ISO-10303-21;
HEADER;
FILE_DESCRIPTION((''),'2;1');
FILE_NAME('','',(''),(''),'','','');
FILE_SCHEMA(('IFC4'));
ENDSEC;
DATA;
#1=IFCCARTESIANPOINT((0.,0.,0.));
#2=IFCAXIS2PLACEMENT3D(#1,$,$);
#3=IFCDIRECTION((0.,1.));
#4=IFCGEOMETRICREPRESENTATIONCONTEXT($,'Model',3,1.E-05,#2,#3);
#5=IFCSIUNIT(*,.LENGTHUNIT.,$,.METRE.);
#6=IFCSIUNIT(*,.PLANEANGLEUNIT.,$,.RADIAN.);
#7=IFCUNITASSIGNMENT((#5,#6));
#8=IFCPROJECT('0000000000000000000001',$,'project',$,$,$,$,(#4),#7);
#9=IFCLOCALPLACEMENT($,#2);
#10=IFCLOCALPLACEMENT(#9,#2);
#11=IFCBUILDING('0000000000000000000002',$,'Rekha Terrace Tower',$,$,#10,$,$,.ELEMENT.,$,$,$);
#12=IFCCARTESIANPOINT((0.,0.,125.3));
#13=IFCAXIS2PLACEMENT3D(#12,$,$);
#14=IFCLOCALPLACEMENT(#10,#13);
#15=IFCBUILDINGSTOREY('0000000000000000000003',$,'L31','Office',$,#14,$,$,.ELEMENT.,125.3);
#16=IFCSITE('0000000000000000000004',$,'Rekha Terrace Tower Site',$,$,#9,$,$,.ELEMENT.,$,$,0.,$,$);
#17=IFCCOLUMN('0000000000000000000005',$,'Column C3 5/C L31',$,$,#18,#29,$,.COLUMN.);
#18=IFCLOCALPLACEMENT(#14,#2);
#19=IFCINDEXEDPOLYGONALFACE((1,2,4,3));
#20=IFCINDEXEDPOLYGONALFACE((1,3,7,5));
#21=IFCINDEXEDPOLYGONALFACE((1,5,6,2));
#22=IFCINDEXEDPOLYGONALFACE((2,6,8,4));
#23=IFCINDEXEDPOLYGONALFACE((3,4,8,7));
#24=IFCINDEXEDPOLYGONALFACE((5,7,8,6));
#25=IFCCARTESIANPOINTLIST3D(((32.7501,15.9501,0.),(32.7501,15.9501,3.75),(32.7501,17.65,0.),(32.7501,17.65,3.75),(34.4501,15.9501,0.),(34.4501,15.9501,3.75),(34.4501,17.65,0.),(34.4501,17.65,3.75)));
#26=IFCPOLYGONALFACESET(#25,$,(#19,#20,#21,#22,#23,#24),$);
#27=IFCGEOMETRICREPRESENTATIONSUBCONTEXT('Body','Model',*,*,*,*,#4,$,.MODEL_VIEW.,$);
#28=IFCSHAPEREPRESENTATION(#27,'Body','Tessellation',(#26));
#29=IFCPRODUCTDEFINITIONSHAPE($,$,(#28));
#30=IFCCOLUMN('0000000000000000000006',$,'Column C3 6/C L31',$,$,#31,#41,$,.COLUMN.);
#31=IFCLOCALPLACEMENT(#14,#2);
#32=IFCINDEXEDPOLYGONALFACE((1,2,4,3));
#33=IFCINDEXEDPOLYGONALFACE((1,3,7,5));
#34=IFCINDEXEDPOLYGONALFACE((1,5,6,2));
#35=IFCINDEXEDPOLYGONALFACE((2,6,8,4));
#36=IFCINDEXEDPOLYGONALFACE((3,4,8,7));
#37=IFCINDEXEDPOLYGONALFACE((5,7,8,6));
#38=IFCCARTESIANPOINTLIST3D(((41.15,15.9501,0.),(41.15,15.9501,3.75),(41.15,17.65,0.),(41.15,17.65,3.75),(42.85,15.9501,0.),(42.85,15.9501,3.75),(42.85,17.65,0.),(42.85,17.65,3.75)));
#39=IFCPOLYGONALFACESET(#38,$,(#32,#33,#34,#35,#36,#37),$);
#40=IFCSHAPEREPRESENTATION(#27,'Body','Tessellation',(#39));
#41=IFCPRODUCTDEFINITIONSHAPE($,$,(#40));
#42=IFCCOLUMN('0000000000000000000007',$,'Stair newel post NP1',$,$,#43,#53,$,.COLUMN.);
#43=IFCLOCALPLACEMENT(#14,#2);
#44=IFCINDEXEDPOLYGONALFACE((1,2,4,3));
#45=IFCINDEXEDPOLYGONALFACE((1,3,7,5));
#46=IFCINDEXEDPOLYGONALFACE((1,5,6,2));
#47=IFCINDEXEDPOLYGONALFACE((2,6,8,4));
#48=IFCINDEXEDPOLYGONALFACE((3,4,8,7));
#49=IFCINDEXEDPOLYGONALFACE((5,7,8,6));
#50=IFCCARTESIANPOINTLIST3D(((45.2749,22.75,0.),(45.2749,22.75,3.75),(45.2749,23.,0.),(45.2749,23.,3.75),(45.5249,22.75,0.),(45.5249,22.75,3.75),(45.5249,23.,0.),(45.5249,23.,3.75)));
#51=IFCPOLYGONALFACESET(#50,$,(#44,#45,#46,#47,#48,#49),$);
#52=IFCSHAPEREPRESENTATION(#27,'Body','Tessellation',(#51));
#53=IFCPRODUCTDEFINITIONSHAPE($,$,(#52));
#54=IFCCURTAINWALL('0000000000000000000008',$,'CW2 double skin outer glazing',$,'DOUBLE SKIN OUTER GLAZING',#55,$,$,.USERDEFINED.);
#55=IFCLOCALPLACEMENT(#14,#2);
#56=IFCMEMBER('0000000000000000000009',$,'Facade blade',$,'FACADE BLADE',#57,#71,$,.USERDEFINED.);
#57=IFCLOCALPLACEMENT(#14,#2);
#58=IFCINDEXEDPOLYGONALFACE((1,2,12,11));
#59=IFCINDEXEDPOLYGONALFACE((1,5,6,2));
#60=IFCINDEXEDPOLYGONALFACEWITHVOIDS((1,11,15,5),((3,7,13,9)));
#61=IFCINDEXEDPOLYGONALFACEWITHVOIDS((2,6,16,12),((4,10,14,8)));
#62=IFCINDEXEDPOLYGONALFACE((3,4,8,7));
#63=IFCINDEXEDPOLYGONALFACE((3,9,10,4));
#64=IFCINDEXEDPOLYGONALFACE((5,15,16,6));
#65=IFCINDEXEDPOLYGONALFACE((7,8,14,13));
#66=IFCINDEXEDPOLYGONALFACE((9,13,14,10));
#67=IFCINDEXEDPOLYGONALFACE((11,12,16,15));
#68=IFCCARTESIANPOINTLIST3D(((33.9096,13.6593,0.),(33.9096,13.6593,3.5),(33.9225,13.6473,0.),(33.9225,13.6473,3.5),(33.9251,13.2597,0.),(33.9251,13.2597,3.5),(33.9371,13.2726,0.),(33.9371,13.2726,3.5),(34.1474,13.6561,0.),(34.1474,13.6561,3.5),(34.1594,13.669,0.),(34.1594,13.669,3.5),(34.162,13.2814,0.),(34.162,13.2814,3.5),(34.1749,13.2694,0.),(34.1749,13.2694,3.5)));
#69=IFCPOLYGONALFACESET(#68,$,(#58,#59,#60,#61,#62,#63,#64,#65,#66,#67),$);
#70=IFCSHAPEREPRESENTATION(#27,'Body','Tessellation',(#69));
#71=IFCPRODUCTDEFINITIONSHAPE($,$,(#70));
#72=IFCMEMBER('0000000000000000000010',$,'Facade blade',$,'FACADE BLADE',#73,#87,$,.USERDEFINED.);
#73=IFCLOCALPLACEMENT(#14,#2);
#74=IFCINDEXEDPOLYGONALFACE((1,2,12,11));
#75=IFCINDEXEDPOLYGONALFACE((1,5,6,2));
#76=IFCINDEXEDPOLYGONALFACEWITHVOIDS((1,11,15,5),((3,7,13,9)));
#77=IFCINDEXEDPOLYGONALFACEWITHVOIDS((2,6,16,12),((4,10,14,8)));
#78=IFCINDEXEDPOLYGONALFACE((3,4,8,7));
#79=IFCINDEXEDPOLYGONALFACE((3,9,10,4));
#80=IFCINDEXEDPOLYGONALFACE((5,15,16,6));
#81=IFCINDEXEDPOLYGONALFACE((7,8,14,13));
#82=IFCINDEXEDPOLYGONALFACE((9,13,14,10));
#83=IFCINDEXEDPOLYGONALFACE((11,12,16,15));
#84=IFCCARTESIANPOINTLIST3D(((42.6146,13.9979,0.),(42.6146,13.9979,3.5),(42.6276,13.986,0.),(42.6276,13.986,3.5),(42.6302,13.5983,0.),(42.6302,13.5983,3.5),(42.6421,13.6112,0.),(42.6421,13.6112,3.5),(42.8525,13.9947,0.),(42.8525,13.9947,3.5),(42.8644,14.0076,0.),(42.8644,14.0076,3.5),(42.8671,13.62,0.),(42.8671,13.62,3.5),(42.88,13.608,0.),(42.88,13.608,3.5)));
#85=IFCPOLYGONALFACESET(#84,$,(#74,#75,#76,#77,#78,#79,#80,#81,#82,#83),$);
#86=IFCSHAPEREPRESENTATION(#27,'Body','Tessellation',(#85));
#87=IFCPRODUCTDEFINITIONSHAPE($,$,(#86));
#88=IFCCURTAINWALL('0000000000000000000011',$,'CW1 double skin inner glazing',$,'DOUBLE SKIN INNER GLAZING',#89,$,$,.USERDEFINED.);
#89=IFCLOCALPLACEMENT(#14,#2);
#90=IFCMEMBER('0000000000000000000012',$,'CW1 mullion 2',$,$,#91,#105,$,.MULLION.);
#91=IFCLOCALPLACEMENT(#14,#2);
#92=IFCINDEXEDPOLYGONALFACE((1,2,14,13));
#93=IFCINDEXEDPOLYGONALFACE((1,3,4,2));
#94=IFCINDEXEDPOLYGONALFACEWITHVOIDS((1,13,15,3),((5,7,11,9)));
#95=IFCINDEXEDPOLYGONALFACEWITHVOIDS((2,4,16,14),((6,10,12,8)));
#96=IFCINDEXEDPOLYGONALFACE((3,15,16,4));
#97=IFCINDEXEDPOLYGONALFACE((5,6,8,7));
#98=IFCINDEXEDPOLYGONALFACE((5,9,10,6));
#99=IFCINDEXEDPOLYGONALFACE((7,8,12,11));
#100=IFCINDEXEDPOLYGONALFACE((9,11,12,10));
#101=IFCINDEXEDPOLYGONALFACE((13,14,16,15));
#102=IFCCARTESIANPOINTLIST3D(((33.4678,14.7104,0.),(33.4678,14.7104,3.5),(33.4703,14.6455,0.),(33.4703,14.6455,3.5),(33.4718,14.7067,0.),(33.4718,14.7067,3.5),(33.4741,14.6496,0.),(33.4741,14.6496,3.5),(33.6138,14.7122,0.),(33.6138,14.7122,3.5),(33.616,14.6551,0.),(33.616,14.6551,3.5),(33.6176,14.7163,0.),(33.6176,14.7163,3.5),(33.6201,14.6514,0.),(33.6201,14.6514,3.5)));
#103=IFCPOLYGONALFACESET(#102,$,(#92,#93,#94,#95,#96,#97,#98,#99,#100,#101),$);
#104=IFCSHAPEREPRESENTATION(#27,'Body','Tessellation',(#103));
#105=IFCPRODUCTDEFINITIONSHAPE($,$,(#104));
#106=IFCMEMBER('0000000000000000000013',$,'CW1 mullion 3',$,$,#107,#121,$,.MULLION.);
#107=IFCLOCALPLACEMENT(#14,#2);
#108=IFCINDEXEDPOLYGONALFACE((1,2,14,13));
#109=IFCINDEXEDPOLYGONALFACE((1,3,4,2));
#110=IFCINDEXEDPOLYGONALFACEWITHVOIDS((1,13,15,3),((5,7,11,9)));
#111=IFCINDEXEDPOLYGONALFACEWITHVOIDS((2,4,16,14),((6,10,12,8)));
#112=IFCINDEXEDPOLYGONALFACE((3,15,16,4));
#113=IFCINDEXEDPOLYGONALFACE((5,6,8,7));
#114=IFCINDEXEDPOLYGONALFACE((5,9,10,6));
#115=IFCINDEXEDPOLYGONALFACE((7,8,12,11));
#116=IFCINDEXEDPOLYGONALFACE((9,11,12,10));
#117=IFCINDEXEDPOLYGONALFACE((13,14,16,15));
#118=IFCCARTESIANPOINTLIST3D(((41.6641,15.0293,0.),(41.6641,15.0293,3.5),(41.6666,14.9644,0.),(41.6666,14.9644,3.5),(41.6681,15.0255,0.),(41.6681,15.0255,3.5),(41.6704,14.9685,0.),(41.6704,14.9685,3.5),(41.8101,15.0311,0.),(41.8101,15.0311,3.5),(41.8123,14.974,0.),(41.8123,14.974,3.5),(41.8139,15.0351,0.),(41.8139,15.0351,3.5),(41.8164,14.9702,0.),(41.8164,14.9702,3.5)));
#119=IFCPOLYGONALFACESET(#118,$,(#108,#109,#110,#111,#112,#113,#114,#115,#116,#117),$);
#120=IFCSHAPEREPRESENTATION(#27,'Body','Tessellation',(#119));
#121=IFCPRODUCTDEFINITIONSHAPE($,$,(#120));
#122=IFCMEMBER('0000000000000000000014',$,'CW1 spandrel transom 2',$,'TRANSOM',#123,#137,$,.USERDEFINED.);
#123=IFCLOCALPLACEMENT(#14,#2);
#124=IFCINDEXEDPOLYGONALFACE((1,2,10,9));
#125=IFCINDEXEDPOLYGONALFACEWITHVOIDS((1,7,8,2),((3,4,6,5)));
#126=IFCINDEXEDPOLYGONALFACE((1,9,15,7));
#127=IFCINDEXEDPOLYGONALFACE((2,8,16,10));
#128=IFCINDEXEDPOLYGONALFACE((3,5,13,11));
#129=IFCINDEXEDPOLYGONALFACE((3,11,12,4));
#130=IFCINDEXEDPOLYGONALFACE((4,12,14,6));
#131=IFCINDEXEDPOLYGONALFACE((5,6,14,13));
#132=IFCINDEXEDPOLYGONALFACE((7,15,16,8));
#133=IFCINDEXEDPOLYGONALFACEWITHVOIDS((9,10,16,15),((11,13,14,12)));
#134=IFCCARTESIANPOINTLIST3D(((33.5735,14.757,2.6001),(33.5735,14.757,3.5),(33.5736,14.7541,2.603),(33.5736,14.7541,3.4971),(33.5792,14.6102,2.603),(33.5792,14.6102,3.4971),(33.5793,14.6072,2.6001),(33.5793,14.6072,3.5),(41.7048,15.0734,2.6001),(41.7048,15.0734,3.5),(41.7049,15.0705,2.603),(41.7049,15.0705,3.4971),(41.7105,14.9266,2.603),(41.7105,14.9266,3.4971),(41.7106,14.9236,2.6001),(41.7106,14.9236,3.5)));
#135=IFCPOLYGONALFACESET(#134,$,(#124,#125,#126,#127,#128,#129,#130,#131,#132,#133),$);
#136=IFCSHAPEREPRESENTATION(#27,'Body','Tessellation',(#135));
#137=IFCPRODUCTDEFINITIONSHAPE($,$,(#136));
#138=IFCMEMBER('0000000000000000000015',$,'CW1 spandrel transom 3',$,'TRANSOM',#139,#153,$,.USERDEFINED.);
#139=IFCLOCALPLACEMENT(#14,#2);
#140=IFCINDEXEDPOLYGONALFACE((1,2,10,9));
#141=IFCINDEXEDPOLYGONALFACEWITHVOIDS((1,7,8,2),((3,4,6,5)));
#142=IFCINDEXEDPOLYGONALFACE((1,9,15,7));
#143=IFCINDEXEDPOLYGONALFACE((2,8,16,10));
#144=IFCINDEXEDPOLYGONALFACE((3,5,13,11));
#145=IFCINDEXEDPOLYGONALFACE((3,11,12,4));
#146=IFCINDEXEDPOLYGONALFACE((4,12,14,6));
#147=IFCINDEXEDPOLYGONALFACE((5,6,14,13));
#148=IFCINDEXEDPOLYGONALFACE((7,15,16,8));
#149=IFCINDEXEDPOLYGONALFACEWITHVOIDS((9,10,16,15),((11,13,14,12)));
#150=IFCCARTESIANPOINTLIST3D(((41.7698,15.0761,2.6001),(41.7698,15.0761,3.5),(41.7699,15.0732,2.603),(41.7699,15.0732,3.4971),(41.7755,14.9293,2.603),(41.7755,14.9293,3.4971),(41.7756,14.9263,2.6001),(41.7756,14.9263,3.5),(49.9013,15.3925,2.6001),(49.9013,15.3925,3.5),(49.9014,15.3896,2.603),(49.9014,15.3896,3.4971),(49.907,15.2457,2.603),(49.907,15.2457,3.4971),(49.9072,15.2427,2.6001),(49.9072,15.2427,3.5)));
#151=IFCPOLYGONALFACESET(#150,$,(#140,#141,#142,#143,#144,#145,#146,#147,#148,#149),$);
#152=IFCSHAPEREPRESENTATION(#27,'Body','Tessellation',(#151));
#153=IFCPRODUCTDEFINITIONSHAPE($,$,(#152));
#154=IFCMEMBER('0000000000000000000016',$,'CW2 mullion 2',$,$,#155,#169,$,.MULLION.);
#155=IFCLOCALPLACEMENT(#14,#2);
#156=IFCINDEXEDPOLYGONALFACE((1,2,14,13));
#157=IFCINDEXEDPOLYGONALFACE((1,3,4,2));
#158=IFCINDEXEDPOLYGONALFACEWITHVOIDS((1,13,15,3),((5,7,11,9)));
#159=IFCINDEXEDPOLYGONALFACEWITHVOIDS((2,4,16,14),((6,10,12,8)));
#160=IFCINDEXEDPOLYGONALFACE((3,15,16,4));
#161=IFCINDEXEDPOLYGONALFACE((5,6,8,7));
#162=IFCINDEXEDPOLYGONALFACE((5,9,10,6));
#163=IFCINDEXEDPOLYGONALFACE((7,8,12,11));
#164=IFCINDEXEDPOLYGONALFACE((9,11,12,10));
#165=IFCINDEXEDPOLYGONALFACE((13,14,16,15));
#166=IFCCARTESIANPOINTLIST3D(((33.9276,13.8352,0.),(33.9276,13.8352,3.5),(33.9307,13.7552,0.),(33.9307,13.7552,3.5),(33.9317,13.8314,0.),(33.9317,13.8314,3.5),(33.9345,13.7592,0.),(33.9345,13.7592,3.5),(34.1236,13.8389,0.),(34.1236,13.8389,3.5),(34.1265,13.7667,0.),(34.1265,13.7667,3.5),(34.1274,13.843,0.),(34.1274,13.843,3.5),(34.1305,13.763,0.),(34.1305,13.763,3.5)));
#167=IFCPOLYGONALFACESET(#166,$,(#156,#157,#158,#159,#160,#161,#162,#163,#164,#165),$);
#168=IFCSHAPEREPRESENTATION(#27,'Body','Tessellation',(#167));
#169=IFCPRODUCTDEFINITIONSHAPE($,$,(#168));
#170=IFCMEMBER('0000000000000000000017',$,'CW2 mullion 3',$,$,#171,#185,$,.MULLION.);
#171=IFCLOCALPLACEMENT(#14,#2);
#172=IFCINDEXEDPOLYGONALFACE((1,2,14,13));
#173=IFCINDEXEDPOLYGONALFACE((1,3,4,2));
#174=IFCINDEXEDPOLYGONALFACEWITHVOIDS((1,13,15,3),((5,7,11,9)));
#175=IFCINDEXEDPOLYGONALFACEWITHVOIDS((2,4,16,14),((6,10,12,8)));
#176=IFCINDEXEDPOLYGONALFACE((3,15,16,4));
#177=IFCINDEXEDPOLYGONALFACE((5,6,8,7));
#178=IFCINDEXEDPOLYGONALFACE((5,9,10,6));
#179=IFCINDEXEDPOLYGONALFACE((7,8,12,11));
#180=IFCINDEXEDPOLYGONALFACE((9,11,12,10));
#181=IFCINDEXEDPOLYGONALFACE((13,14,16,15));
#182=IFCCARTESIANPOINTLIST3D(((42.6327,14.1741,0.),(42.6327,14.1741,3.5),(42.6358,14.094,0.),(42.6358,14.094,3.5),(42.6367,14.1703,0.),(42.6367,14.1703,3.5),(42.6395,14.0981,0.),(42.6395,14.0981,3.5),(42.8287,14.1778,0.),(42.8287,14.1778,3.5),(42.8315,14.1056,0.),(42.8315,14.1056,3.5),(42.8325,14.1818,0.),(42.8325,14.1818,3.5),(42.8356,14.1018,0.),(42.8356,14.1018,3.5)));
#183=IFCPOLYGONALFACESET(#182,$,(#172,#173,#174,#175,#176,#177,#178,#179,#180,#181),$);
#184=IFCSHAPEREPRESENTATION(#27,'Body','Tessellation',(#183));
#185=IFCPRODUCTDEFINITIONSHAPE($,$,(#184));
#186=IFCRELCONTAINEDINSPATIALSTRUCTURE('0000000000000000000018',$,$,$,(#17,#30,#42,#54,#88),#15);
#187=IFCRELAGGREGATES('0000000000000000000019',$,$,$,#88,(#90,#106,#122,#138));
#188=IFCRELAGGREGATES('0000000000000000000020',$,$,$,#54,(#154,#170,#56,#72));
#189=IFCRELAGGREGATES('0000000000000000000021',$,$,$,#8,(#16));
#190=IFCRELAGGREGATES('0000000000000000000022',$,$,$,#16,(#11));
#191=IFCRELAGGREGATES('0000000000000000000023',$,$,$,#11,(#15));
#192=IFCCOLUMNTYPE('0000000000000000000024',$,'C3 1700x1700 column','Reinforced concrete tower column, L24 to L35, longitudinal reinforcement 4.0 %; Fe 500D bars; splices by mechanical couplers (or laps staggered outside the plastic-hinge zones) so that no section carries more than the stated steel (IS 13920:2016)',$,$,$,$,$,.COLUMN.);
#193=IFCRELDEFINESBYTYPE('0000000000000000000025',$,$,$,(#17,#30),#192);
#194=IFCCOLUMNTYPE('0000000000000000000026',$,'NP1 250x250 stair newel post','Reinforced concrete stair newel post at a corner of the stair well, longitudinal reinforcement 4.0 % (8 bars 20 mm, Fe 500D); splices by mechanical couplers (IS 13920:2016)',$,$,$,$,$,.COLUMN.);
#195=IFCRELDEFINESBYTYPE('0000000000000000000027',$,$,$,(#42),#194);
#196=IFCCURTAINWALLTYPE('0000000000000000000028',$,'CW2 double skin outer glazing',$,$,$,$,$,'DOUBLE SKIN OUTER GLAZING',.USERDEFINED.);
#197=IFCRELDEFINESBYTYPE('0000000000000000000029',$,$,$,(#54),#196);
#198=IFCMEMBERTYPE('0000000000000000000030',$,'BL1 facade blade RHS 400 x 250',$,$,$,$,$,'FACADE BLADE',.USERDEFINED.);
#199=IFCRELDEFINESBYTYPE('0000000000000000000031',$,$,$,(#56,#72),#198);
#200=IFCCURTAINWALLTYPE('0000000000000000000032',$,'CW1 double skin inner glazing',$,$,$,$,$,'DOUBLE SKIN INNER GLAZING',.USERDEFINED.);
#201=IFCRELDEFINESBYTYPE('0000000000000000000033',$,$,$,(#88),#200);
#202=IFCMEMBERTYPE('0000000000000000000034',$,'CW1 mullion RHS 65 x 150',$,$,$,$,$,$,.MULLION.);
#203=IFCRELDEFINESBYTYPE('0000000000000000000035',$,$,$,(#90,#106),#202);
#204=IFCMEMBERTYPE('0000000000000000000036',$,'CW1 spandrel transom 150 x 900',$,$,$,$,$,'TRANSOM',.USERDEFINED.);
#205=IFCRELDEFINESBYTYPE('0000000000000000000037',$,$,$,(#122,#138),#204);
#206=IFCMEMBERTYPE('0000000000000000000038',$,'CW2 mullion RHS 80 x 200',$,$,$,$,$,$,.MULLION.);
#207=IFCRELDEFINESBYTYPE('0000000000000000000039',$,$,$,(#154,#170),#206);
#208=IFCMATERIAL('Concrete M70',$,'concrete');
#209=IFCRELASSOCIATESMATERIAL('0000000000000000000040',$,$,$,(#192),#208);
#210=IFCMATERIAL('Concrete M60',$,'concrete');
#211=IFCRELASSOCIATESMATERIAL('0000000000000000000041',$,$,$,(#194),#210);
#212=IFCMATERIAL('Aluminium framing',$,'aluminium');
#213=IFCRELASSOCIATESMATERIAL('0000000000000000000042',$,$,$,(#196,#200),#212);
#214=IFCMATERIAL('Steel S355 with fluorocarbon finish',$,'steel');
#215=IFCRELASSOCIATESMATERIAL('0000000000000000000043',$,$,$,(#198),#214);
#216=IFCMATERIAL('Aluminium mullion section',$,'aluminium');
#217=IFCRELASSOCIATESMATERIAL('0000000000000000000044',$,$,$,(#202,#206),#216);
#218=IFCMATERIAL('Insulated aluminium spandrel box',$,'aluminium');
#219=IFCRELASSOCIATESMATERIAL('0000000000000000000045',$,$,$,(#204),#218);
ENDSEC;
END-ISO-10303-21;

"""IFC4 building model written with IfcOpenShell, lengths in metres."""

from ifc_helpers import new_model, si_unit, direction, frame, origin, origin_2d, place, context, subcontext, project, spatial, rectangle, hollow_rectangle, extrude, material, material_profile, profile_set, type_object, element, aggregate, save


model = new_model("IFC4")

# Units and contexts
model_context = context("Model", 3, precision=1e-05, world=origin(), true_north=direction((0.0, 1.0)))
body_context = subcontext(model_context, "Body", "Model", "MODEL_VIEW")
ifc_project = project(units=[si_unit("LENGTHUNIT", "METRE"), si_unit("PLANEANGLEUNIT", "RADIAN")], contexts=[model_context])

# Site, building, storey
site_placement = place(None, origin())
site = spatial("IfcSite", under=ifc_project, at=site_placement, Name="Rekha Terrace Tower Site", CompositionType="ELEMENT", RefElevation=0.0)
building_placement = place(site_placement, origin())
building = spatial("IfcBuilding", under=site, at=building_placement, Name="Rekha Terrace Tower", CompositionType="ELEMENT")
storey_placement = place(building_placement, frame((0.0, 0.0, 125.3)))
storey = spatial("IfcBuildingStorey", under=building, at=storey_placement, Name="L31", Description="Office", CompositionType="ELEMENT", Elevation=125.3)

# Columns
ifc_material_1 = material(Name="Concrete M70", Category="concrete")
ifc_material_profile_1 = material_profile(ifc_material_1, rectangle(XDim=1.7, YDim=1.7, at=origin_2d()), Name="RC 1700x1700")
ifc_profile_set_1 = profile_set([ifc_material_profile_1], Name="Concrete M70")
column_type_1 = type_object("IfcColumnType", Name="C3 1700x1700 column", Description="Reinforced concrete tower column, L24 to L35, longitudinal reinforcement 4.0 %; Fe 500D bars; splices by mechanical couplers (or laps staggered outside the plastic-hinge zones) so that no section carries more than the stated steel (IS 13920:2016)", PredefinedType="COLUMN", material=ifc_profile_set_1)
for number, where, z_axis, x_axis, name in (
    (1, (33.6001, 16.8, 0.0), (0.0, 0.0, 1.0), (1.0, 0.0, 0.0), "Column C3 5/C L31"),
    (2, (42.0, 16.8, 0.0), (0.0, 0.0, 1.0), (1.0, 0.0, 0.0), "Column C3 6/C L31"),
):
    element("IfcColumn", number, at=place(storey_placement, frame(where, z_axis=z_axis, x_axis=x_axis)), inside=storey, type_object=column_type_1, Name=name, PredefinedType="COLUMN", context=body_context, shape_type="SweptSolid", body=[
        extrude(rectangle(XDim=1.7, YDim=1.7, at=origin_2d()), origin(), (0.0, 0.0, 1.0), 3.75),
    ])
ifc_material_2 = material(Name="Concrete M60", Category="concrete")
ifc_material_profile_2 = material_profile(ifc_material_2, rectangle(XDim=0.25, YDim=0.25, at=origin_2d()), Name="RC 250x250")
ifc_profile_set_2 = profile_set([ifc_material_profile_2], Name="Concrete M60")
column_type_2 = type_object("IfcColumnType", Name="NP1 250x250 stair newel post", Description="Reinforced concrete stair newel post at a corner of the stair well, longitudinal reinforcement 4.0 % (8 bars 20 mm, Fe 500D); splices by mechanical couplers (IS 13920:2016)", PredefinedType="COLUMN", material=ifc_profile_set_2)
column_placement = place(storey_placement, frame((45.3999, 22.875, 0.0), z_axis=(0.0, 0.0, 1.0), x_axis=(1.0, 0.0, 0.0)))
element("IfcColumn", 3, at=column_placement, inside=storey, type_object=column_type_2, Name="Stair newel post NP1", PredefinedType="COLUMN", context=body_context, shape_type="SweptSolid", body=[
    extrude(rectangle(XDim=0.25, YDim=0.25, at=origin_2d()), origin(), (0.0, 0.0, 1.0), 3.75),
])

# Curtain walls, members
ifc_material_3 = material(Name="Aluminium framing", Category="aluminium")
curtain_wall_type_1 = type_object("IfcCurtainWallType", Name="CW2 double skin outer glazing", ElementType="DOUBLE SKIN OUTER GLAZING", PredefinedType="USERDEFINED", material=ifc_material_3)
curtain_wall_1_placement = place(storey_placement, origin())
curtain_wall_1 = element("IfcCurtainWall", 4, at=curtain_wall_1_placement, inside=storey, type_object=curtain_wall_type_1, Name="CW2 double skin outer glazing", ObjectType="DOUBLE SKIN OUTER GLAZING", PredefinedType="USERDEFINED")
ifc_material_4 = material(Name="Steel S355 with fluorocarbon finish", Category="steel")
ifc_material_profile_3 = material_profile(ifc_material_4, hollow_rectangle(XDim=0.25, YDim=0.3999, WallThickness=0.0125, at=origin_2d()), Name="RHS400x250x12.5")
ifc_profile_set_3 = profile_set([ifc_material_profile_3], Name="Steel S355 with fluorocarbon finish")
member_type_1 = type_object("IfcMemberType", Name="BL1 facade blade RHS 400 x 250", ElementType="FACADE BLADE", PredefinedType="USERDEFINED", material=ifc_profile_set_3)
member_1_placement = place(storey_placement, frame((34.0422, 13.4644, 0.0), z_axis=(0.0, 0.0, 1.0), x_axis=(0.999243, 0.03889, 0.0)))
member_1 = element("IfcMember", 5, at=member_1_placement, type_object=member_type_1, Name="Facade blade", ObjectType="FACADE BLADE", PredefinedType="USERDEFINED", context=body_context, shape_type="SweptSolid", body=[
    extrude(hollow_rectangle(XDim=0.25, YDim=0.3999, WallThickness=0.0125, at=origin_2d()), origin(), (0.0, 0.0, 1.0), 3.5),
])
member_2_placement = place(storey_placement, frame((42.7473, 13.803, 0.0), z_axis=(0.0, 0.0, 1.0), x_axis=(0.999243, 0.03889, 0.0)))
member_2 = element("IfcMember", 6, at=member_2_placement, type_object=member_type_1, Name="Facade blade", ObjectType="FACADE BLADE", PredefinedType="USERDEFINED", context=body_context, shape_type="SweptSolid", body=[
    extrude(hollow_rectangle(XDim=0.25, YDim=0.3999, WallThickness=0.0125, at=origin_2d()), origin(), (0.0, 0.0, 1.0), 3.5),
])
curtain_wall_type_2 = type_object("IfcCurtainWallType", Name="CW1 double skin inner glazing", ElementType="DOUBLE SKIN INNER GLAZING", PredefinedType="USERDEFINED", material=ifc_material_3)
curtain_wall_2_placement = place(storey_placement, origin())
curtain_wall_2 = element("IfcCurtainWall", 7, at=curtain_wall_2_placement, inside=storey, type_object=curtain_wall_type_2, Name="CW1 double skin inner glazing", ObjectType="DOUBLE SKIN INNER GLAZING", PredefinedType="USERDEFINED")
ifc_material_5 = material(Name="Aluminium mullion section", Category="aluminium")
ifc_material_profile_4 = material_profile(ifc_material_5, hollow_rectangle(XDim=0.0649, YDim=0.1499, WallThickness=0.0039, at=origin_2d()), Name="AL RHS 65x150")
ifc_profile_set_4 = profile_set([ifc_material_profile_4], Name="Aluminium mullion section")
member_type_2 = type_object("IfcMemberType", Name="CW1 mullion RHS 65 x 150", PredefinedType="MULLION", material=ifc_profile_set_4)
member_3_placement = place(storey_placement, frame((33.5439, 14.6809, 0.0), z_axis=(0.0, 0.0, 1.0), x_axis=(-0.03889, 0.999243, 0.0)))
member_3 = element("IfcMember", 8, at=member_3_placement, type_object=member_type_2, Name="CW1 mullion 2", PredefinedType="MULLION", context=body_context, shape_type="SweptSolid", body=[
    extrude(hollow_rectangle(XDim=0.0649, YDim=0.1499, WallThickness=0.0039, at=origin_2d()), origin(), (0.0, 0.0, 1.0), 3.5),
])
member_4_placement = place(storey_placement, frame((41.7402, 14.9998, 0.0), z_axis=(0.0, 0.0, 1.0), x_axis=(-0.03889, 0.999243, 0.0)))
member_4 = element("IfcMember", 9, at=member_4_placement, type_object=member_type_2, Name="CW1 mullion 3", PredefinedType="MULLION", context=body_context, shape_type="SweptSolid", body=[
    extrude(hollow_rectangle(XDim=0.0649, YDim=0.1499, WallThickness=0.0039, at=origin_2d()), origin(), (0.0, 0.0, 1.0), 3.5),
])
ifc_material_6 = material(Name="Insulated aluminium spandrel box", Category="aluminium")
ifc_material_profile_5 = material_profile(ifc_material_6, hollow_rectangle(XDim=0.1499, YDim=0.8999, WallThickness=0.0029, at=origin_2d()), Name="AL SPANDREL BOX 150x900")
ifc_profile_set_5 = profile_set([ifc_material_profile_5], Name="Insulated aluminium spandrel box")
member_type_3 = type_object("IfcMemberType", Name="CW1 spandrel transom 150 x 900", ElementType="TRANSOM", PredefinedType="USERDEFINED", material=ifc_profile_set_5)
member_5_placement = place(storey_placement, frame((33.5764, 14.6821, 3.05), z_axis=(0.999244, 0.038882, 0.0), x_axis=(-0.038882, 0.999244, 0.0)))
member_5 = element("IfcMember", 10, at=member_5_placement, type_object=member_type_3, Name="CW1 spandrel transom 2", ObjectType="TRANSOM", PredefinedType="USERDEFINED", context=body_context, shape_type="SweptSolid", body=[
    extrude(hollow_rectangle(XDim=0.1499, YDim=0.8999, WallThickness=0.0029, at=origin_2d()), origin(), (0.0, 0.0, 1.0), 8.1375),
])
member_6_placement = place(storey_placement, frame((41.7727, 15.0012, 3.05), z_axis=(0.999244, 0.038881, 0.0), x_axis=(-0.038881, 0.999244, 0.0)))
member_6 = element("IfcMember", 11, at=member_6_placement, type_object=member_type_3, Name="CW1 spandrel transom 3", ObjectType="TRANSOM", PredefinedType="USERDEFINED", context=body_context, shape_type="SweptSolid", body=[
    extrude(hollow_rectangle(XDim=0.1499, YDim=0.8999, WallThickness=0.0029, at=origin_2d()), origin(), (0.0, 0.0, 1.0), 8.1377),
])

# Members
ifc_material_profile_6 = material_profile(ifc_material_5, hollow_rectangle(XDim=0.0801, YDim=0.2, WallThickness=0.0039, at=origin_2d()), Name="AL RHS 80x200")
ifc_profile_set_6 = profile_set([ifc_material_profile_6], Name="Aluminium mullion section")
member_type_4 = type_object("IfcMemberType", Name="CW2 mullion RHS 80 x 200", PredefinedType="MULLION", material=ifc_profile_set_6)
member_7_placement = place(storey_placement, frame((34.0291, 13.7991, 0.0), z_axis=(0.0, 0.0, 1.0), x_axis=(-0.03889, 0.999243, 0.0)))
member_7 = element("IfcMember", 12, at=member_7_placement, type_object=member_type_4, Name="CW2 mullion 2", PredefinedType="MULLION", context=body_context, shape_type="SweptSolid", body=[
    extrude(hollow_rectangle(XDim=0.0801, YDim=0.2, WallThickness=0.0039, at=origin_2d()), origin(), (0.0, 0.0, 1.0), 3.5),
])
member_8_placement = place(storey_placement, frame((42.7341, 14.1379, 0.0), z_axis=(0.0, 0.0, 1.0), x_axis=(-0.03889, 0.999243, 0.0)))
member_8 = element("IfcMember", 13, at=member_8_placement, type_object=member_type_4, Name="CW2 mullion 3", PredefinedType="MULLION", context=body_context, shape_type="SweptSolid", body=[
    extrude(hollow_rectangle(XDim=0.0801, YDim=0.2, WallThickness=0.0039, at=origin_2d()), origin(), (0.0, 0.0, 1.0), 3.5),
])

aggregate(curtain_wall_2, [member_3, member_4, member_5, member_6])
aggregate(curtain_wall_1, [member_7, member_8, member_1, member_2])

save(model, "model.ifc")
